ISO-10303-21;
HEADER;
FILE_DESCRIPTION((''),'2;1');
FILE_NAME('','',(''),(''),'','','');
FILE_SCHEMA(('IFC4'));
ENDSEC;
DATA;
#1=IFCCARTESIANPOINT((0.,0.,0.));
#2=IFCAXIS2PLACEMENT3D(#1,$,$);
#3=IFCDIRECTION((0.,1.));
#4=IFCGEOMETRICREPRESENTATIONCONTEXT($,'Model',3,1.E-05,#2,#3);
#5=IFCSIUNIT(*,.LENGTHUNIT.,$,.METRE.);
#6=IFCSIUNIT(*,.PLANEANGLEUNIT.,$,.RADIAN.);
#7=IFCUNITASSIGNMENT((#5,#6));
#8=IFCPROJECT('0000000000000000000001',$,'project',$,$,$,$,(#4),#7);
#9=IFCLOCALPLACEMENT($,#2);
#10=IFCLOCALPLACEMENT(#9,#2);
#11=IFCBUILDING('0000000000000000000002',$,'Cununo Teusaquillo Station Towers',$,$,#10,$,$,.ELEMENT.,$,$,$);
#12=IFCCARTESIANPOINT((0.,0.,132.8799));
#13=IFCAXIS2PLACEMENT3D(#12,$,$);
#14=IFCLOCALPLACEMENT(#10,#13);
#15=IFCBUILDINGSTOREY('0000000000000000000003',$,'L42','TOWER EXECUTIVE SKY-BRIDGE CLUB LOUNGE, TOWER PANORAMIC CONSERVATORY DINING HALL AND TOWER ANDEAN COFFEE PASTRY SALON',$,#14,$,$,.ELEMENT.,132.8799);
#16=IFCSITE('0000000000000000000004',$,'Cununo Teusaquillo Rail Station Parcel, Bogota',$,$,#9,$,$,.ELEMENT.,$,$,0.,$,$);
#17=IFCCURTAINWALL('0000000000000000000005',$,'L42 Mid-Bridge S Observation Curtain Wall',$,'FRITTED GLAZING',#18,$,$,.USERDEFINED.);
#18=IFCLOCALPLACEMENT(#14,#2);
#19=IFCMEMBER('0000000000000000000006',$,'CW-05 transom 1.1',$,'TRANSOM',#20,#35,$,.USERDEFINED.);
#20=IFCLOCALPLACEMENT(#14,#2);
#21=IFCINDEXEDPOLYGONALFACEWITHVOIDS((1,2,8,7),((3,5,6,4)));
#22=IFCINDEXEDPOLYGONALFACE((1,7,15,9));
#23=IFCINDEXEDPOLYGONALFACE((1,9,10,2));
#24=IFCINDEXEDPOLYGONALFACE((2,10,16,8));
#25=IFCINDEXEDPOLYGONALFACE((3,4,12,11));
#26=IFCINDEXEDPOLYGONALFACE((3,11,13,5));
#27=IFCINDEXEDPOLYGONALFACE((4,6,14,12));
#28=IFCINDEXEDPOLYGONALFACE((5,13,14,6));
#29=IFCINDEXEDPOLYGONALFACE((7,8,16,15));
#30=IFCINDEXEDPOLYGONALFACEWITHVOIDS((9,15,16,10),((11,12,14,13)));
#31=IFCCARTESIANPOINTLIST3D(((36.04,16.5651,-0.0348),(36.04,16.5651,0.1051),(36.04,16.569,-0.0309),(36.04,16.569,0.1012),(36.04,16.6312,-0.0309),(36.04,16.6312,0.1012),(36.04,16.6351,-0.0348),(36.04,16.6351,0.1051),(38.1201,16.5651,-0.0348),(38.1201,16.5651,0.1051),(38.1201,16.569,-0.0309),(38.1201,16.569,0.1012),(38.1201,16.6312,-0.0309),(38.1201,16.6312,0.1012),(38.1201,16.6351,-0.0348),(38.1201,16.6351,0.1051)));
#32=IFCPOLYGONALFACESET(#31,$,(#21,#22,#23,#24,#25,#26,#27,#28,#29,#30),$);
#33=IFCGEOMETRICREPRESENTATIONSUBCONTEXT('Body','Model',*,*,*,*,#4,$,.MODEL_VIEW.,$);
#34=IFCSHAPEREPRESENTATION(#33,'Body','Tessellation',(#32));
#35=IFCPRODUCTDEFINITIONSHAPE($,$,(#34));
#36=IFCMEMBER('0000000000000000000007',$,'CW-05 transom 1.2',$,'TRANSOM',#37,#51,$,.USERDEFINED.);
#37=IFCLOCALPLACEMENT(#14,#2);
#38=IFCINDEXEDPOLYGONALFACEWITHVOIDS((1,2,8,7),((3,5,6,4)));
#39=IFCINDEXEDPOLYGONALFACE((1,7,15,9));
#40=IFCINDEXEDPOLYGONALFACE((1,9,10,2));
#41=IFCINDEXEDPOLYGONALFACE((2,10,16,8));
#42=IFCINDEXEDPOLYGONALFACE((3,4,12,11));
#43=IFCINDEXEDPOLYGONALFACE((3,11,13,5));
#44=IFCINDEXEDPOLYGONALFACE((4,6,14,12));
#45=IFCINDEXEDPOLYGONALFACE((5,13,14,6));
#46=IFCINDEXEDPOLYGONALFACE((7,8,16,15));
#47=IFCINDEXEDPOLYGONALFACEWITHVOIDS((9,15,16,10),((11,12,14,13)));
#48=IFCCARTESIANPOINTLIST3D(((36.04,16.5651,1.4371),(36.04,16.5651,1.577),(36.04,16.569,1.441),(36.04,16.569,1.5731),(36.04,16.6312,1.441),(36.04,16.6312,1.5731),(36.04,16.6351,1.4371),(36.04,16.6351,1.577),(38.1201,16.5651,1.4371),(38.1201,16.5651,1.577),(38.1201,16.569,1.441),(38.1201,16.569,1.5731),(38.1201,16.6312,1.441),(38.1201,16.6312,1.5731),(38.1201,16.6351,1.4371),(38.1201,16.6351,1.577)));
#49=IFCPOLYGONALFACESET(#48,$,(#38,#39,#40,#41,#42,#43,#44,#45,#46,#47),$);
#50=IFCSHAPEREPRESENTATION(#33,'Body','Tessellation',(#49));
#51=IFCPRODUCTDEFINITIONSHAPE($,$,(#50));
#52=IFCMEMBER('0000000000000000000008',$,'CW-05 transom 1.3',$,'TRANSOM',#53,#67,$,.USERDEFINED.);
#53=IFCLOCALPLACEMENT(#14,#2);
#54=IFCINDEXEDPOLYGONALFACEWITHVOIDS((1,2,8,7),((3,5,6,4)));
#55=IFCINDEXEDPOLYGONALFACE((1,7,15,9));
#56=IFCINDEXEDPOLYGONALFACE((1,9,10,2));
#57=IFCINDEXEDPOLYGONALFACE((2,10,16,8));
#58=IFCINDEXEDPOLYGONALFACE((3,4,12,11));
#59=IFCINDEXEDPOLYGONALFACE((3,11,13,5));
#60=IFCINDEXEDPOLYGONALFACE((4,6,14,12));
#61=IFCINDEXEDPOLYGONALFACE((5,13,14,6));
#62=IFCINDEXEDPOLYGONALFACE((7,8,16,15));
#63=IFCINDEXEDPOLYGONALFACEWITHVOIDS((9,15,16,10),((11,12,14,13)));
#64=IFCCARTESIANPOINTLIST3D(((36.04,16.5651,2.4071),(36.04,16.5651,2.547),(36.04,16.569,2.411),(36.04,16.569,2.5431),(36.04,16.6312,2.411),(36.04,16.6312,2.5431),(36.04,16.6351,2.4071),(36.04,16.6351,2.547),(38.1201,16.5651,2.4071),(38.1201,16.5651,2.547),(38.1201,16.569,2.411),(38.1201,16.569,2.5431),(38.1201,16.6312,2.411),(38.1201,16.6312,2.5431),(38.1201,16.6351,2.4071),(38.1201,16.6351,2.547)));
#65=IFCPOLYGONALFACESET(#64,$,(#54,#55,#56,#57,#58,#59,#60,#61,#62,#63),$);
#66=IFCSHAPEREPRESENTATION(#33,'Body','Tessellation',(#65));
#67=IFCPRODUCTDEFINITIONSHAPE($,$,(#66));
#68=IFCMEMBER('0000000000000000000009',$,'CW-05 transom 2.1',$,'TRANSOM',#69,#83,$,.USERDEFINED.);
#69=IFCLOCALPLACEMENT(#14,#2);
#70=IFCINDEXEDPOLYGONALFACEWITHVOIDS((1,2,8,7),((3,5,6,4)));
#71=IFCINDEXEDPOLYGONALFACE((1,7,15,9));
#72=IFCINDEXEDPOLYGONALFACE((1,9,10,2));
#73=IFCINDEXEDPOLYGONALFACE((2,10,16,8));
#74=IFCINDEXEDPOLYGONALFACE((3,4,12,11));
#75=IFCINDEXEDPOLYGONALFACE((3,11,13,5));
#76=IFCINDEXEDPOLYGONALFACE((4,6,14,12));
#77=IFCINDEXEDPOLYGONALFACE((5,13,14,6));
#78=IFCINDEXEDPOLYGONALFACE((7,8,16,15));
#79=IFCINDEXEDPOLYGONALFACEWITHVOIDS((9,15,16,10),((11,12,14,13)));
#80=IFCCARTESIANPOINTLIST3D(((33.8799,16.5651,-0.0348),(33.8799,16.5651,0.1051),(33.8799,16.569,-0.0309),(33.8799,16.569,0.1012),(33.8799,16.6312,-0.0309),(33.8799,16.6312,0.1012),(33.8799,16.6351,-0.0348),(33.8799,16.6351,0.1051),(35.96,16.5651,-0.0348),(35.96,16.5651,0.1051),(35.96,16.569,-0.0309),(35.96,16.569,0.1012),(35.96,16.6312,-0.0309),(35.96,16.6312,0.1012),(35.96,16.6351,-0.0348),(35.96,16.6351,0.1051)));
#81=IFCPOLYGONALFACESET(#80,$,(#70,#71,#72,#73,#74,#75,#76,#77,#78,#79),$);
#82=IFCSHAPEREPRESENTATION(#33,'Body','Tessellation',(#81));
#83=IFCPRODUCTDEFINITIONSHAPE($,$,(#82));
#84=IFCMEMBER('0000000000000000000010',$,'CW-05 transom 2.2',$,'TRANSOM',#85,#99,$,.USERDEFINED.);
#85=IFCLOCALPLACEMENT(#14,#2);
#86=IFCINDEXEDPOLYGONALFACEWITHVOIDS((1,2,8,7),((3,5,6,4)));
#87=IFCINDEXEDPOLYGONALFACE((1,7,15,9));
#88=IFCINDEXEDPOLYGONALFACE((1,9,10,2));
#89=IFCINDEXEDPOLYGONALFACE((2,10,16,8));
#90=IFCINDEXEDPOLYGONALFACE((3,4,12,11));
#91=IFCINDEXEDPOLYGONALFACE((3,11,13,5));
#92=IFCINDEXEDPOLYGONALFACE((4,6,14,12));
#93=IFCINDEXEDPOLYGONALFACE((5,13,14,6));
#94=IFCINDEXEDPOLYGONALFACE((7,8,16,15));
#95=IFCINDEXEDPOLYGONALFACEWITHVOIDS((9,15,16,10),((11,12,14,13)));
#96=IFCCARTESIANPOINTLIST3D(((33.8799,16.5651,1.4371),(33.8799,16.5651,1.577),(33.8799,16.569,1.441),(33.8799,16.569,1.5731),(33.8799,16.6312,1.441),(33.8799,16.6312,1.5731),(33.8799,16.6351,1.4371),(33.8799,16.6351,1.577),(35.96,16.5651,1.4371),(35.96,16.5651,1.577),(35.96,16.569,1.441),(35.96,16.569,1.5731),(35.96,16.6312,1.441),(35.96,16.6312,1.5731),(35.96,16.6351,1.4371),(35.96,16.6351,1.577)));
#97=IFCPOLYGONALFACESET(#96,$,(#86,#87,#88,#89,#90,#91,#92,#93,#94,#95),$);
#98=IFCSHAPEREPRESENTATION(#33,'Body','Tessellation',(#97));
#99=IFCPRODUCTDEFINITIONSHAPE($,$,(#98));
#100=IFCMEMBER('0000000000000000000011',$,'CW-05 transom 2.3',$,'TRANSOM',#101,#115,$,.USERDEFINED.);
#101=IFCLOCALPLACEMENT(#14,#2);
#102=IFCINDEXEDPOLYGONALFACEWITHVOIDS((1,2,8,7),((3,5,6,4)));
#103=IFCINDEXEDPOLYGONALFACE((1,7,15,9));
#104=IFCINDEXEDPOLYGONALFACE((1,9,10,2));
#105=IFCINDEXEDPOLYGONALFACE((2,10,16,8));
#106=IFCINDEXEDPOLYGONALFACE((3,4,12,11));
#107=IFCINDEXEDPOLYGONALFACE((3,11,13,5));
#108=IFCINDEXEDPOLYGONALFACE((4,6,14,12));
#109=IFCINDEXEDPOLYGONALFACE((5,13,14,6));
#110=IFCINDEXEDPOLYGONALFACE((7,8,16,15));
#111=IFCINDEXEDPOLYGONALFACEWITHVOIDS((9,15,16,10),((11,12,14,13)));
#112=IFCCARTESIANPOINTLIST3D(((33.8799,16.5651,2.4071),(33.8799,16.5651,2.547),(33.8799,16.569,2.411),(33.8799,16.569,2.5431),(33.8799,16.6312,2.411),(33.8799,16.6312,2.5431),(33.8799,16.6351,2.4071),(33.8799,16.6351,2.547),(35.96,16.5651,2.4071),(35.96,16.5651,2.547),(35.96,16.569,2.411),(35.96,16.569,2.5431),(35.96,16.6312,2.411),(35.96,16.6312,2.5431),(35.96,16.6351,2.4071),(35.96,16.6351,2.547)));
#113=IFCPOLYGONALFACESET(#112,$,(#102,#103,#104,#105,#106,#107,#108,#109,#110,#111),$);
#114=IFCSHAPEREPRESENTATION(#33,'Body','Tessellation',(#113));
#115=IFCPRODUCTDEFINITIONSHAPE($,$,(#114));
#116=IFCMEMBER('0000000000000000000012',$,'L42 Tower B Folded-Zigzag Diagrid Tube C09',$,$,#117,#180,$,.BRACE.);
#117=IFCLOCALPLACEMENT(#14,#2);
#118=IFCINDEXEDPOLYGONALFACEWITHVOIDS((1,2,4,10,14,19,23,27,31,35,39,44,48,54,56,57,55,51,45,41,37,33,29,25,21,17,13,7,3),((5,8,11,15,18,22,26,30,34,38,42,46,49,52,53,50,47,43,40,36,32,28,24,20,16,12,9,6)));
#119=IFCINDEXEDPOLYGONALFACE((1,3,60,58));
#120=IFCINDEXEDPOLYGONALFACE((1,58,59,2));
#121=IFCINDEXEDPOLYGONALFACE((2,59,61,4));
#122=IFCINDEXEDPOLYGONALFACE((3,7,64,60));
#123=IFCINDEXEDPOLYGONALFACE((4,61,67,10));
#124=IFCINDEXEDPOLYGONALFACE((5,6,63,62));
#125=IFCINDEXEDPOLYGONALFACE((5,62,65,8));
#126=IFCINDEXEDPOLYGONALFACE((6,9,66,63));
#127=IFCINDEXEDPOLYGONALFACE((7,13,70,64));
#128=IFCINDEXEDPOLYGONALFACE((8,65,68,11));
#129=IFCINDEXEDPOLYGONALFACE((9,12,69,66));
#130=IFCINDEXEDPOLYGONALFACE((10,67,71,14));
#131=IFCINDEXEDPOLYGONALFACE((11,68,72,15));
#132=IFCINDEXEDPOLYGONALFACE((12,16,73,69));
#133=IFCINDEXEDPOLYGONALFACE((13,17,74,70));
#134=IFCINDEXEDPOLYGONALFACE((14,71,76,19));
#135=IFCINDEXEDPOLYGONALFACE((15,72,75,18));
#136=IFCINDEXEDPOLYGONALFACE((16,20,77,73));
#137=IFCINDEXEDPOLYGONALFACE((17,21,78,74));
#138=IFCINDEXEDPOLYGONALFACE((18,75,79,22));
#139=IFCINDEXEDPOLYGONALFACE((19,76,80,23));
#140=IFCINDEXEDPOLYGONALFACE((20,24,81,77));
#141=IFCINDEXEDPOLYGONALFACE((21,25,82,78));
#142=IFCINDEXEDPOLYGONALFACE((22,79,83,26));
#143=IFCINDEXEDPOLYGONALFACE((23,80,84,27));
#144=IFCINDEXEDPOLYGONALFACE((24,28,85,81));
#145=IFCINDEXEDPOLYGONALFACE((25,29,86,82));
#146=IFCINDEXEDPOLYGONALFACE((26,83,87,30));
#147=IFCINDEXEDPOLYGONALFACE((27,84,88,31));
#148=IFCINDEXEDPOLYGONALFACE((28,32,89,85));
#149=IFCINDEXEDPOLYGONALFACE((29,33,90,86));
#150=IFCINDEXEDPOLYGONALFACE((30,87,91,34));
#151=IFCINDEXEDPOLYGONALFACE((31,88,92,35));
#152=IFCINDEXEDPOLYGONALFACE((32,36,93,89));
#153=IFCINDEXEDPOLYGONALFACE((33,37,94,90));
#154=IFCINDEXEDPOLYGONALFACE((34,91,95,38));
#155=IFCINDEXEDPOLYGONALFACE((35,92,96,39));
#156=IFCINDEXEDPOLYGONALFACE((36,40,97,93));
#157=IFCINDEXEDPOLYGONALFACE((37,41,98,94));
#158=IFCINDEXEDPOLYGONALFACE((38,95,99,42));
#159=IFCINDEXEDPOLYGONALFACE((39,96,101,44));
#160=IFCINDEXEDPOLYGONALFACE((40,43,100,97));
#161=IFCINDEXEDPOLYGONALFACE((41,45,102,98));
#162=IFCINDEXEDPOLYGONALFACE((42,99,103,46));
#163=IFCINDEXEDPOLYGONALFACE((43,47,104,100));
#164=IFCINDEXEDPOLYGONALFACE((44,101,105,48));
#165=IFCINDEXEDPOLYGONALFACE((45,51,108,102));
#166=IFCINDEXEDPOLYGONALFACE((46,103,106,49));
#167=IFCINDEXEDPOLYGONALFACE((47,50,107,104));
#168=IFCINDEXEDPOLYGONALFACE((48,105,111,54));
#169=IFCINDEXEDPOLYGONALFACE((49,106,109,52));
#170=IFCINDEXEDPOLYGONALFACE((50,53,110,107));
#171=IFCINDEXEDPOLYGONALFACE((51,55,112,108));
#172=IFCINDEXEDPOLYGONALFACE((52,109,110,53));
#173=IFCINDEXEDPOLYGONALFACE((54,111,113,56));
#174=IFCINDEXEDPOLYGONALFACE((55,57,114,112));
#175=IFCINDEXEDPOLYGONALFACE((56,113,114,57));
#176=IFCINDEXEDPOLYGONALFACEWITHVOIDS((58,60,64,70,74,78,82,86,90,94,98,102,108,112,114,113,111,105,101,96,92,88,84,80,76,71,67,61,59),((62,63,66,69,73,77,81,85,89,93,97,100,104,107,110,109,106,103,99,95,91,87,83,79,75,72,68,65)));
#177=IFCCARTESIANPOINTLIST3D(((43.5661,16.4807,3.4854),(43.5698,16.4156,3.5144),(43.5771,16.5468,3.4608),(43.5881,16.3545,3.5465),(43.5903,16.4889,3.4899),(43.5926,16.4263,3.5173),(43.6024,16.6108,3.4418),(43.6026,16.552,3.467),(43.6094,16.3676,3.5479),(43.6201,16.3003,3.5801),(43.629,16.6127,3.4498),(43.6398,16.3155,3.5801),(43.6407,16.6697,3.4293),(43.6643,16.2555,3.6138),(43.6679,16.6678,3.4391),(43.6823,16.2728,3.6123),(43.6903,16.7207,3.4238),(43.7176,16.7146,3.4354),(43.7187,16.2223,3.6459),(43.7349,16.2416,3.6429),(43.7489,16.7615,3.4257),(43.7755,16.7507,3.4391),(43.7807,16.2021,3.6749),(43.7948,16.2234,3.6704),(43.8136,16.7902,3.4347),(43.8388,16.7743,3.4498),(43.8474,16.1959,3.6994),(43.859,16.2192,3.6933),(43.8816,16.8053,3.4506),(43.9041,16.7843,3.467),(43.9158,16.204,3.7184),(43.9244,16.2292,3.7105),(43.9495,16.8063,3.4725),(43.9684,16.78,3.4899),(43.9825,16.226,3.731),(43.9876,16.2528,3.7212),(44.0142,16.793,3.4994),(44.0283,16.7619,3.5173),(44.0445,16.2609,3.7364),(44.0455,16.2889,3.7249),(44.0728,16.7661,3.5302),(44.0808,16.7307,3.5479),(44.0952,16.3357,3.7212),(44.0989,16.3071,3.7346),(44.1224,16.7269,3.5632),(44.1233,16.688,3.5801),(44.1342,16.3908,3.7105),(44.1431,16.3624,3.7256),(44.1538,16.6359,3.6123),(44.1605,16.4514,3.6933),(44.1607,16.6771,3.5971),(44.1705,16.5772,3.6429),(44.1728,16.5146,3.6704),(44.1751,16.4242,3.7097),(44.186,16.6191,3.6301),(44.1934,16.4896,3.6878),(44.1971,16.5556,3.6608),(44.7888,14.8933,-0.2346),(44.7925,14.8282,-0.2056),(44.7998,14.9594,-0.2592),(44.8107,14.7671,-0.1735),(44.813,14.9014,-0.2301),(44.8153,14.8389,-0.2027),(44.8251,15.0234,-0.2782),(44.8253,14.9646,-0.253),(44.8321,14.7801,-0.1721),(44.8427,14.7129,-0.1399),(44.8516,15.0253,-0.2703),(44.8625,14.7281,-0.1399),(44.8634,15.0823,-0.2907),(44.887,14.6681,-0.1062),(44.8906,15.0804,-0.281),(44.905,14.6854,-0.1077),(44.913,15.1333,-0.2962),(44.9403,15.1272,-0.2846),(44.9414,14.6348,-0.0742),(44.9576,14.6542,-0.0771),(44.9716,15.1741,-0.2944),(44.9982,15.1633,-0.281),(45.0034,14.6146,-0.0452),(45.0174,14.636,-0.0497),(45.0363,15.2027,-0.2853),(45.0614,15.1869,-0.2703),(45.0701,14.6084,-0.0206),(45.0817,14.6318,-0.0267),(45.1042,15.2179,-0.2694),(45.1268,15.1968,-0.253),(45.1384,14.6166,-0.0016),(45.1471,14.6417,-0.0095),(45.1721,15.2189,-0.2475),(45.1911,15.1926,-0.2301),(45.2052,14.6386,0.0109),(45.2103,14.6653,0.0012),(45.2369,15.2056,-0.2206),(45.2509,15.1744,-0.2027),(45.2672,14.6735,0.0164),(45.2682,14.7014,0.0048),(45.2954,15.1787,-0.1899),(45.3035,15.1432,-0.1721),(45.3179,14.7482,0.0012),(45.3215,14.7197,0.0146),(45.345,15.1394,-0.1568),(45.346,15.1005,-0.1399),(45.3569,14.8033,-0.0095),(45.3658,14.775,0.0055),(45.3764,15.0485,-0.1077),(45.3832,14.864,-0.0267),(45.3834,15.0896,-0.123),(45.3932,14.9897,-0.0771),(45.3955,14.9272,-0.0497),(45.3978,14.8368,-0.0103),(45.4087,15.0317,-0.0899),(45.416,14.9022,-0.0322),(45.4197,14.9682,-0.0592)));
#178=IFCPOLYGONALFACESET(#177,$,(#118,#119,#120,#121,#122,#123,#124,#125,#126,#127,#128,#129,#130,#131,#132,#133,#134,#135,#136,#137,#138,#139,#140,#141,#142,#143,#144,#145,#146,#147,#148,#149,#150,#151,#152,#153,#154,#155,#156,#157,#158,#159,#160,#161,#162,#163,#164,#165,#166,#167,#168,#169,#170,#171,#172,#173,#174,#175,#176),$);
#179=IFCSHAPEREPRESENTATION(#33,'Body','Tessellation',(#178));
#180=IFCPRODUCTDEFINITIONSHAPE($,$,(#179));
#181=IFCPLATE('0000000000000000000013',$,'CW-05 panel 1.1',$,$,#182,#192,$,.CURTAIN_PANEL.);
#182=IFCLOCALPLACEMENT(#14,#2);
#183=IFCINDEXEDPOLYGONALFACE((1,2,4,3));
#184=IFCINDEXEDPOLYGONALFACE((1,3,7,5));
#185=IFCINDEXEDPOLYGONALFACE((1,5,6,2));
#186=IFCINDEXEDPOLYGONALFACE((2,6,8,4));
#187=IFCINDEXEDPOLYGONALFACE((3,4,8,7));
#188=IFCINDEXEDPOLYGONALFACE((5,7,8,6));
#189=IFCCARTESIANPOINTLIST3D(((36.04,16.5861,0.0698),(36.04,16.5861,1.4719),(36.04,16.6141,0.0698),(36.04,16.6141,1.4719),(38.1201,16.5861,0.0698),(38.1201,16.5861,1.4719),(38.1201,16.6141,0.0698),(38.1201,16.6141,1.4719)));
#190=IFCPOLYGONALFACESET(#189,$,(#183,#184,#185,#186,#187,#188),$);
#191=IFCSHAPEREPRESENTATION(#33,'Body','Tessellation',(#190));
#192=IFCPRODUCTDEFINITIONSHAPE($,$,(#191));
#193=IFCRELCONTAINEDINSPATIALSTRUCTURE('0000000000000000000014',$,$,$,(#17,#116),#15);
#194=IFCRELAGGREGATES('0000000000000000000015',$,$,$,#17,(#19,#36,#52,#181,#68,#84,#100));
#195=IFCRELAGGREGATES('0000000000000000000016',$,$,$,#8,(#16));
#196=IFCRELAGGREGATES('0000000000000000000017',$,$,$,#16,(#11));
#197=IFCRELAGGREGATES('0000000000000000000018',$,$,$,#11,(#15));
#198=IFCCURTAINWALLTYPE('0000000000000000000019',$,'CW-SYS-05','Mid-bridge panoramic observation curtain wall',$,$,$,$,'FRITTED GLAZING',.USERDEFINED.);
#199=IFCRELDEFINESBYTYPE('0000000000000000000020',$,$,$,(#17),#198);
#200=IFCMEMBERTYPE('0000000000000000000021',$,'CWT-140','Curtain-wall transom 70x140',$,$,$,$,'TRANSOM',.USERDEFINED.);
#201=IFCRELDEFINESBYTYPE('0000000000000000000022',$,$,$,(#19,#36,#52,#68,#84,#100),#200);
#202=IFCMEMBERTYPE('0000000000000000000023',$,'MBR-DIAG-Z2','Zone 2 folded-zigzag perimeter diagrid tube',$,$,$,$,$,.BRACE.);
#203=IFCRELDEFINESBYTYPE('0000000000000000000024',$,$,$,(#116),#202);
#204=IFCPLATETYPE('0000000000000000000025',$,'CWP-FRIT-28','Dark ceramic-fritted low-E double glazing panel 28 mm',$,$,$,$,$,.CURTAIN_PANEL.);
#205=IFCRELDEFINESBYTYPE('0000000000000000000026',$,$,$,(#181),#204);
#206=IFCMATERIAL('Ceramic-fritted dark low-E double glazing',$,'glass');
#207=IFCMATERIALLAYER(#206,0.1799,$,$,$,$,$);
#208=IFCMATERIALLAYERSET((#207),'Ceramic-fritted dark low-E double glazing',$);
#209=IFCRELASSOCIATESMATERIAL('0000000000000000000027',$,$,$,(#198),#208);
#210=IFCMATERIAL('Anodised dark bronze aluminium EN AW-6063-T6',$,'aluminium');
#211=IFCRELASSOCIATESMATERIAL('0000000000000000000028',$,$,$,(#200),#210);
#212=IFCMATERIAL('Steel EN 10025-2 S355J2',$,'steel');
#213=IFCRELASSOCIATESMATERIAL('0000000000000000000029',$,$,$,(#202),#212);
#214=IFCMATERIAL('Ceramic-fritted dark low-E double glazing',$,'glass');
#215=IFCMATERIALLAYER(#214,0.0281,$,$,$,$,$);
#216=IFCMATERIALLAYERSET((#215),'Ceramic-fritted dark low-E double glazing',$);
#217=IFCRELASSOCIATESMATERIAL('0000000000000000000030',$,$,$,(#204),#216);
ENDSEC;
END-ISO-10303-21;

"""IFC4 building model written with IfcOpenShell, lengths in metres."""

from ifc_helpers import new_model, si_unit, direction, frame, origin, origin_2d, place, context, subcontext, project, spatial, rectangle, hollow_rectangle, hollow_circle, extrude, source, transform, mapped, material, layer, layer_set, material_profile, profile_set, type_object, element, aggregate, save


model = new_model("IFC4")

# Units and contexts
model_context = context("Model", 3, precision=1e-05, world=origin(), true_north=direction((0.0, 1.0)))
body_context = subcontext(model_context, "Body", "Model", "MODEL_VIEW")
ifc_project = project(units=[si_unit("LENGTHUNIT", "METRE"), si_unit("PLANEANGLEUNIT", "RADIAN")], contexts=[model_context])

# Site, building, storey
site_placement = place(None, origin())
site = spatial("IfcSite", under=ifc_project, at=site_placement, Name="Cununo Teusaquillo Rail Station Parcel, Bogota", CompositionType="ELEMENT", RefElevation=0.0)
building_placement = place(site_placement, origin())
building = spatial("IfcBuilding", under=site, at=building_placement, Name="Cununo Teusaquillo Station Towers", CompositionType="ELEMENT")
storey_placement = place(building_placement, frame((0.0, 0.0, 132.8799)))
storey = spatial("IfcBuildingStorey", under=building, at=storey_placement, Name="L42", Description="TOWER EXECUTIVE SKY-BRIDGE CLUB LOUNGE, TOWER PANORAMIC CONSERVATORY DINING HALL AND TOWER ANDEAN COFFEE PASTRY SALON", CompositionType="ELEMENT", Elevation=132.8799)

# Curtain wall, members
ifc_material_1 = material(Name="Ceramic-fritted dark low-E double glazing", Category="glass")
ifc_layer_1 = layer(ifc_material_1, 0.1799)
ifc_layer_set_1 = layer_set([ifc_layer_1], Name="Ceramic-fritted dark low-E double glazing")
curtain_wall_type = type_object("IfcCurtainWallType", Name="CW-SYS-05", Description="Mid-bridge panoramic observation curtain wall", ElementType="FRITTED GLAZING", PredefinedType="USERDEFINED", material=ifc_layer_set_1)
curtain_wall_placement = place(storey_placement, origin())
curtain_wall = element("IfcCurtainWall", 1, at=curtain_wall_placement, inside=storey, type_object=curtain_wall_type, Name="L42 Mid-Bridge S Observation Curtain Wall", ObjectType="FRITTED GLAZING", PredefinedType="USERDEFINED")
ifc_material_2 = material(Name="Anodised dark bronze aluminium EN AW-6063-T6", Category="aluminium")
ifc_material_profile_1 = material_profile(ifc_material_2, hollow_rectangle(XDim=0.0701, YDim=0.1399, WallThickness=0.0039, at=origin_2d()), Name="CW-TRAN-70x140")
ifc_profile_set_1 = profile_set([ifc_material_profile_1], Name="Anodised dark bronze aluminium EN AW-6063-T6")
member_type_1 = type_object("IfcMemberType", Name="CWT-140", Description="Curtain-wall transom 70x140", ElementType="TRANSOM", PredefinedType="USERDEFINED", material=ifc_profile_set_1)
member_1_placement = place(storey_placement, frame((38.1201, 16.6001, 0.0352), z_axis=(-1.0, 0.0, 0.0), x_axis=(0.0, -1.0, 0.0)))
member_1 = element("IfcMember", 2, at=member_1_placement, type_object=member_type_1, Name="CW-05 transom 1.1", ObjectType="TRANSOM", PredefinedType="USERDEFINED", context=body_context, shape_type="SweptSolid", body=[
    extrude(hollow_rectangle(XDim=0.0701, YDim=0.1399, WallThickness=0.0039, at=origin_2d()), origin(), (0.0, 0.0, 1.0), 2.0801),
])
member_2_placement = place(storey_placement, frame((38.1201, 16.6001, 1.5071), z_axis=(-1.0, 0.0, 0.0), x_axis=(0.0, -1.0, 0.0)))
member_2 = element("IfcMember", 3, at=member_2_placement, type_object=member_type_1, Name="CW-05 transom 1.2", ObjectType="TRANSOM", PredefinedType="USERDEFINED", context=body_context, shape_type="SweptSolid", body=[
    extrude(hollow_rectangle(XDim=0.0701, YDim=0.1399, WallThickness=0.0039, at=origin_2d()), origin(), (0.0, 0.0, 1.0), 2.0801),
])
member_3_placement = place(storey_placement, frame((38.1201, 16.6001, 2.4771), z_axis=(-1.0, 0.0, 0.0), x_axis=(0.0, -1.0, 0.0)))
member_3 = element("IfcMember", 4, at=member_3_placement, type_object=member_type_1, Name="CW-05 transom 1.3", ObjectType="TRANSOM", PredefinedType="USERDEFINED", context=body_context, shape_type="SweptSolid", body=[
    extrude(hollow_rectangle(XDim=0.0701, YDim=0.1399, WallThickness=0.0039, at=origin_2d()), origin(), (0.0, 0.0, 1.0), 2.0801),
])
member_4_placement = place(storey_placement, frame((35.96, 16.6001, 0.0352), z_axis=(-1.0, 0.0, 0.0), x_axis=(0.0, -1.0, 0.0)))
member_4 = element("IfcMember", 5, at=member_4_placement, type_object=member_type_1, Name="CW-05 transom 2.1", ObjectType="TRANSOM", PredefinedType="USERDEFINED", context=body_context, shape_type="SweptSolid", body=[
    extrude(hollow_rectangle(XDim=0.0701, YDim=0.1399, WallThickness=0.0039, at=origin_2d()), origin(), (0.0, 0.0, 1.0), 2.0801),
])
member_5_placement = place(storey_placement, frame((35.96, 16.6001, 1.5071), z_axis=(-1.0, 0.0, 0.0), x_axis=(0.0, -1.0, 0.0)))
member_5 = element("IfcMember", 6, at=member_5_placement, type_object=member_type_1, Name="CW-05 transom 2.2", ObjectType="TRANSOM", PredefinedType="USERDEFINED", context=body_context, shape_type="SweptSolid", body=[
    extrude(hollow_rectangle(XDim=0.0701, YDim=0.1399, WallThickness=0.0039, at=origin_2d()), origin(), (0.0, 0.0, 1.0), 2.0801),
])
member_6_placement = place(storey_placement, frame((35.96, 16.6001, 2.4771), z_axis=(-1.0, 0.0, 0.0), x_axis=(0.0, -1.0, 0.0)))
member_6 = element("IfcMember", 7, at=member_6_placement, type_object=member_type_1, Name="CW-05 transom 2.3", ObjectType="TRANSOM", PredefinedType="USERDEFINED", context=body_context, shape_type="SweptSolid", body=[
    extrude(hollow_rectangle(XDim=0.0701, YDim=0.1399, WallThickness=0.0039, at=origin_2d()), origin(), (0.0, 0.0, 1.0), 2.0801),
])

# Member
ifc_material_3 = material(Name="Steel EN 10025-2 S355J2", Category="steel")
ifc_material_profile_2 = material_profile(ifc_material_3, hollow_circle(Radius=0.3301, WallThickness=0.0249, at=origin_2d()), Name="CHS 660x25")
ifc_profile_set_2 = profile_set([ifc_material_profile_2], Name="Steel EN 10025-2 S355J2")
member_type_2 = type_object("IfcMemberType", Name="MBR-DIAG-Z2", Description="Zone 2 folded-zigzag perimeter diagrid tube", PredefinedType="BRACE", material=ifc_profile_set_2)
member_7_placement = place(storey_placement, frame((45.1042, 14.9143, -0.1399), z_axis=(-0.289368, 0.375692, 0.88041), x_axis=(-0.792243, -0.610205, 0.0)))
element("IfcMember", 8, at=member_7_placement, inside=storey, type_object=member_type_2, Name="L42 Tower B Folded-Zigzag Diagrid Tube C09", PredefinedType="BRACE", context=body_context, shape_type="SweptSolid", body=[
    extrude(hollow_circle(Radius=0.3301, WallThickness=0.0249, at=origin_2d()), origin(), (0.0, 0.0, 1.0), 4.2253),
])

# Plate
ifc_material_4 = material(Name="Ceramic-fritted dark low-E double glazing", Category="glass")
ifc_layer_2 = layer(ifc_material_4, 0.0281)
ifc_layer_set_2 = layer_set([ifc_layer_2], Name="Ceramic-fritted dark low-E double glazing")
plate_type = type_object("IfcPlateType", Name="CWP-FRIT-28", Description="Dark ceramic-fritted low-E double glazing panel 28 mm", PredefinedType="CURTAIN_PANEL", material=ifc_layer_set_2)
shared_shape_1 = source(origin(), body_context, "Body", "SweptSolid", [
    extrude(rectangle(XDim=2.0801, YDim=0.0281, at=origin_2d()), origin(), (0.0, 0.0, 1.0), 1.4021),
])
plate_1_placement = place(storey_placement, frame((37.0801, 16.6001, 0.0698), z_axis=(0.0, 0.0, 1.0), x_axis=(-1.0, 0.0, 0.0)))
plate_1 = element("IfcPlate", 9, at=plate_1_placement, type_object=plate_type, Name="CW-05 panel 1.1", PredefinedType="CURTAIN_PANEL", context=body_context, shape_type="MappedRepresentation", body=[
    mapped(shared_shape_1, transform((0.0, 0.0, 0.0), x_axis=(1.0, 0.0, 0.0), y_axis=(0.0, 1.0, 0.0), z_axis=(0.0, 0.0, 1.0), scale=1.0)),
])
aggregate(curtain_wall, [member_1, member_2, member_3, plate_1, member_4, member_5, member_6])

save(model, "model.ifc")
